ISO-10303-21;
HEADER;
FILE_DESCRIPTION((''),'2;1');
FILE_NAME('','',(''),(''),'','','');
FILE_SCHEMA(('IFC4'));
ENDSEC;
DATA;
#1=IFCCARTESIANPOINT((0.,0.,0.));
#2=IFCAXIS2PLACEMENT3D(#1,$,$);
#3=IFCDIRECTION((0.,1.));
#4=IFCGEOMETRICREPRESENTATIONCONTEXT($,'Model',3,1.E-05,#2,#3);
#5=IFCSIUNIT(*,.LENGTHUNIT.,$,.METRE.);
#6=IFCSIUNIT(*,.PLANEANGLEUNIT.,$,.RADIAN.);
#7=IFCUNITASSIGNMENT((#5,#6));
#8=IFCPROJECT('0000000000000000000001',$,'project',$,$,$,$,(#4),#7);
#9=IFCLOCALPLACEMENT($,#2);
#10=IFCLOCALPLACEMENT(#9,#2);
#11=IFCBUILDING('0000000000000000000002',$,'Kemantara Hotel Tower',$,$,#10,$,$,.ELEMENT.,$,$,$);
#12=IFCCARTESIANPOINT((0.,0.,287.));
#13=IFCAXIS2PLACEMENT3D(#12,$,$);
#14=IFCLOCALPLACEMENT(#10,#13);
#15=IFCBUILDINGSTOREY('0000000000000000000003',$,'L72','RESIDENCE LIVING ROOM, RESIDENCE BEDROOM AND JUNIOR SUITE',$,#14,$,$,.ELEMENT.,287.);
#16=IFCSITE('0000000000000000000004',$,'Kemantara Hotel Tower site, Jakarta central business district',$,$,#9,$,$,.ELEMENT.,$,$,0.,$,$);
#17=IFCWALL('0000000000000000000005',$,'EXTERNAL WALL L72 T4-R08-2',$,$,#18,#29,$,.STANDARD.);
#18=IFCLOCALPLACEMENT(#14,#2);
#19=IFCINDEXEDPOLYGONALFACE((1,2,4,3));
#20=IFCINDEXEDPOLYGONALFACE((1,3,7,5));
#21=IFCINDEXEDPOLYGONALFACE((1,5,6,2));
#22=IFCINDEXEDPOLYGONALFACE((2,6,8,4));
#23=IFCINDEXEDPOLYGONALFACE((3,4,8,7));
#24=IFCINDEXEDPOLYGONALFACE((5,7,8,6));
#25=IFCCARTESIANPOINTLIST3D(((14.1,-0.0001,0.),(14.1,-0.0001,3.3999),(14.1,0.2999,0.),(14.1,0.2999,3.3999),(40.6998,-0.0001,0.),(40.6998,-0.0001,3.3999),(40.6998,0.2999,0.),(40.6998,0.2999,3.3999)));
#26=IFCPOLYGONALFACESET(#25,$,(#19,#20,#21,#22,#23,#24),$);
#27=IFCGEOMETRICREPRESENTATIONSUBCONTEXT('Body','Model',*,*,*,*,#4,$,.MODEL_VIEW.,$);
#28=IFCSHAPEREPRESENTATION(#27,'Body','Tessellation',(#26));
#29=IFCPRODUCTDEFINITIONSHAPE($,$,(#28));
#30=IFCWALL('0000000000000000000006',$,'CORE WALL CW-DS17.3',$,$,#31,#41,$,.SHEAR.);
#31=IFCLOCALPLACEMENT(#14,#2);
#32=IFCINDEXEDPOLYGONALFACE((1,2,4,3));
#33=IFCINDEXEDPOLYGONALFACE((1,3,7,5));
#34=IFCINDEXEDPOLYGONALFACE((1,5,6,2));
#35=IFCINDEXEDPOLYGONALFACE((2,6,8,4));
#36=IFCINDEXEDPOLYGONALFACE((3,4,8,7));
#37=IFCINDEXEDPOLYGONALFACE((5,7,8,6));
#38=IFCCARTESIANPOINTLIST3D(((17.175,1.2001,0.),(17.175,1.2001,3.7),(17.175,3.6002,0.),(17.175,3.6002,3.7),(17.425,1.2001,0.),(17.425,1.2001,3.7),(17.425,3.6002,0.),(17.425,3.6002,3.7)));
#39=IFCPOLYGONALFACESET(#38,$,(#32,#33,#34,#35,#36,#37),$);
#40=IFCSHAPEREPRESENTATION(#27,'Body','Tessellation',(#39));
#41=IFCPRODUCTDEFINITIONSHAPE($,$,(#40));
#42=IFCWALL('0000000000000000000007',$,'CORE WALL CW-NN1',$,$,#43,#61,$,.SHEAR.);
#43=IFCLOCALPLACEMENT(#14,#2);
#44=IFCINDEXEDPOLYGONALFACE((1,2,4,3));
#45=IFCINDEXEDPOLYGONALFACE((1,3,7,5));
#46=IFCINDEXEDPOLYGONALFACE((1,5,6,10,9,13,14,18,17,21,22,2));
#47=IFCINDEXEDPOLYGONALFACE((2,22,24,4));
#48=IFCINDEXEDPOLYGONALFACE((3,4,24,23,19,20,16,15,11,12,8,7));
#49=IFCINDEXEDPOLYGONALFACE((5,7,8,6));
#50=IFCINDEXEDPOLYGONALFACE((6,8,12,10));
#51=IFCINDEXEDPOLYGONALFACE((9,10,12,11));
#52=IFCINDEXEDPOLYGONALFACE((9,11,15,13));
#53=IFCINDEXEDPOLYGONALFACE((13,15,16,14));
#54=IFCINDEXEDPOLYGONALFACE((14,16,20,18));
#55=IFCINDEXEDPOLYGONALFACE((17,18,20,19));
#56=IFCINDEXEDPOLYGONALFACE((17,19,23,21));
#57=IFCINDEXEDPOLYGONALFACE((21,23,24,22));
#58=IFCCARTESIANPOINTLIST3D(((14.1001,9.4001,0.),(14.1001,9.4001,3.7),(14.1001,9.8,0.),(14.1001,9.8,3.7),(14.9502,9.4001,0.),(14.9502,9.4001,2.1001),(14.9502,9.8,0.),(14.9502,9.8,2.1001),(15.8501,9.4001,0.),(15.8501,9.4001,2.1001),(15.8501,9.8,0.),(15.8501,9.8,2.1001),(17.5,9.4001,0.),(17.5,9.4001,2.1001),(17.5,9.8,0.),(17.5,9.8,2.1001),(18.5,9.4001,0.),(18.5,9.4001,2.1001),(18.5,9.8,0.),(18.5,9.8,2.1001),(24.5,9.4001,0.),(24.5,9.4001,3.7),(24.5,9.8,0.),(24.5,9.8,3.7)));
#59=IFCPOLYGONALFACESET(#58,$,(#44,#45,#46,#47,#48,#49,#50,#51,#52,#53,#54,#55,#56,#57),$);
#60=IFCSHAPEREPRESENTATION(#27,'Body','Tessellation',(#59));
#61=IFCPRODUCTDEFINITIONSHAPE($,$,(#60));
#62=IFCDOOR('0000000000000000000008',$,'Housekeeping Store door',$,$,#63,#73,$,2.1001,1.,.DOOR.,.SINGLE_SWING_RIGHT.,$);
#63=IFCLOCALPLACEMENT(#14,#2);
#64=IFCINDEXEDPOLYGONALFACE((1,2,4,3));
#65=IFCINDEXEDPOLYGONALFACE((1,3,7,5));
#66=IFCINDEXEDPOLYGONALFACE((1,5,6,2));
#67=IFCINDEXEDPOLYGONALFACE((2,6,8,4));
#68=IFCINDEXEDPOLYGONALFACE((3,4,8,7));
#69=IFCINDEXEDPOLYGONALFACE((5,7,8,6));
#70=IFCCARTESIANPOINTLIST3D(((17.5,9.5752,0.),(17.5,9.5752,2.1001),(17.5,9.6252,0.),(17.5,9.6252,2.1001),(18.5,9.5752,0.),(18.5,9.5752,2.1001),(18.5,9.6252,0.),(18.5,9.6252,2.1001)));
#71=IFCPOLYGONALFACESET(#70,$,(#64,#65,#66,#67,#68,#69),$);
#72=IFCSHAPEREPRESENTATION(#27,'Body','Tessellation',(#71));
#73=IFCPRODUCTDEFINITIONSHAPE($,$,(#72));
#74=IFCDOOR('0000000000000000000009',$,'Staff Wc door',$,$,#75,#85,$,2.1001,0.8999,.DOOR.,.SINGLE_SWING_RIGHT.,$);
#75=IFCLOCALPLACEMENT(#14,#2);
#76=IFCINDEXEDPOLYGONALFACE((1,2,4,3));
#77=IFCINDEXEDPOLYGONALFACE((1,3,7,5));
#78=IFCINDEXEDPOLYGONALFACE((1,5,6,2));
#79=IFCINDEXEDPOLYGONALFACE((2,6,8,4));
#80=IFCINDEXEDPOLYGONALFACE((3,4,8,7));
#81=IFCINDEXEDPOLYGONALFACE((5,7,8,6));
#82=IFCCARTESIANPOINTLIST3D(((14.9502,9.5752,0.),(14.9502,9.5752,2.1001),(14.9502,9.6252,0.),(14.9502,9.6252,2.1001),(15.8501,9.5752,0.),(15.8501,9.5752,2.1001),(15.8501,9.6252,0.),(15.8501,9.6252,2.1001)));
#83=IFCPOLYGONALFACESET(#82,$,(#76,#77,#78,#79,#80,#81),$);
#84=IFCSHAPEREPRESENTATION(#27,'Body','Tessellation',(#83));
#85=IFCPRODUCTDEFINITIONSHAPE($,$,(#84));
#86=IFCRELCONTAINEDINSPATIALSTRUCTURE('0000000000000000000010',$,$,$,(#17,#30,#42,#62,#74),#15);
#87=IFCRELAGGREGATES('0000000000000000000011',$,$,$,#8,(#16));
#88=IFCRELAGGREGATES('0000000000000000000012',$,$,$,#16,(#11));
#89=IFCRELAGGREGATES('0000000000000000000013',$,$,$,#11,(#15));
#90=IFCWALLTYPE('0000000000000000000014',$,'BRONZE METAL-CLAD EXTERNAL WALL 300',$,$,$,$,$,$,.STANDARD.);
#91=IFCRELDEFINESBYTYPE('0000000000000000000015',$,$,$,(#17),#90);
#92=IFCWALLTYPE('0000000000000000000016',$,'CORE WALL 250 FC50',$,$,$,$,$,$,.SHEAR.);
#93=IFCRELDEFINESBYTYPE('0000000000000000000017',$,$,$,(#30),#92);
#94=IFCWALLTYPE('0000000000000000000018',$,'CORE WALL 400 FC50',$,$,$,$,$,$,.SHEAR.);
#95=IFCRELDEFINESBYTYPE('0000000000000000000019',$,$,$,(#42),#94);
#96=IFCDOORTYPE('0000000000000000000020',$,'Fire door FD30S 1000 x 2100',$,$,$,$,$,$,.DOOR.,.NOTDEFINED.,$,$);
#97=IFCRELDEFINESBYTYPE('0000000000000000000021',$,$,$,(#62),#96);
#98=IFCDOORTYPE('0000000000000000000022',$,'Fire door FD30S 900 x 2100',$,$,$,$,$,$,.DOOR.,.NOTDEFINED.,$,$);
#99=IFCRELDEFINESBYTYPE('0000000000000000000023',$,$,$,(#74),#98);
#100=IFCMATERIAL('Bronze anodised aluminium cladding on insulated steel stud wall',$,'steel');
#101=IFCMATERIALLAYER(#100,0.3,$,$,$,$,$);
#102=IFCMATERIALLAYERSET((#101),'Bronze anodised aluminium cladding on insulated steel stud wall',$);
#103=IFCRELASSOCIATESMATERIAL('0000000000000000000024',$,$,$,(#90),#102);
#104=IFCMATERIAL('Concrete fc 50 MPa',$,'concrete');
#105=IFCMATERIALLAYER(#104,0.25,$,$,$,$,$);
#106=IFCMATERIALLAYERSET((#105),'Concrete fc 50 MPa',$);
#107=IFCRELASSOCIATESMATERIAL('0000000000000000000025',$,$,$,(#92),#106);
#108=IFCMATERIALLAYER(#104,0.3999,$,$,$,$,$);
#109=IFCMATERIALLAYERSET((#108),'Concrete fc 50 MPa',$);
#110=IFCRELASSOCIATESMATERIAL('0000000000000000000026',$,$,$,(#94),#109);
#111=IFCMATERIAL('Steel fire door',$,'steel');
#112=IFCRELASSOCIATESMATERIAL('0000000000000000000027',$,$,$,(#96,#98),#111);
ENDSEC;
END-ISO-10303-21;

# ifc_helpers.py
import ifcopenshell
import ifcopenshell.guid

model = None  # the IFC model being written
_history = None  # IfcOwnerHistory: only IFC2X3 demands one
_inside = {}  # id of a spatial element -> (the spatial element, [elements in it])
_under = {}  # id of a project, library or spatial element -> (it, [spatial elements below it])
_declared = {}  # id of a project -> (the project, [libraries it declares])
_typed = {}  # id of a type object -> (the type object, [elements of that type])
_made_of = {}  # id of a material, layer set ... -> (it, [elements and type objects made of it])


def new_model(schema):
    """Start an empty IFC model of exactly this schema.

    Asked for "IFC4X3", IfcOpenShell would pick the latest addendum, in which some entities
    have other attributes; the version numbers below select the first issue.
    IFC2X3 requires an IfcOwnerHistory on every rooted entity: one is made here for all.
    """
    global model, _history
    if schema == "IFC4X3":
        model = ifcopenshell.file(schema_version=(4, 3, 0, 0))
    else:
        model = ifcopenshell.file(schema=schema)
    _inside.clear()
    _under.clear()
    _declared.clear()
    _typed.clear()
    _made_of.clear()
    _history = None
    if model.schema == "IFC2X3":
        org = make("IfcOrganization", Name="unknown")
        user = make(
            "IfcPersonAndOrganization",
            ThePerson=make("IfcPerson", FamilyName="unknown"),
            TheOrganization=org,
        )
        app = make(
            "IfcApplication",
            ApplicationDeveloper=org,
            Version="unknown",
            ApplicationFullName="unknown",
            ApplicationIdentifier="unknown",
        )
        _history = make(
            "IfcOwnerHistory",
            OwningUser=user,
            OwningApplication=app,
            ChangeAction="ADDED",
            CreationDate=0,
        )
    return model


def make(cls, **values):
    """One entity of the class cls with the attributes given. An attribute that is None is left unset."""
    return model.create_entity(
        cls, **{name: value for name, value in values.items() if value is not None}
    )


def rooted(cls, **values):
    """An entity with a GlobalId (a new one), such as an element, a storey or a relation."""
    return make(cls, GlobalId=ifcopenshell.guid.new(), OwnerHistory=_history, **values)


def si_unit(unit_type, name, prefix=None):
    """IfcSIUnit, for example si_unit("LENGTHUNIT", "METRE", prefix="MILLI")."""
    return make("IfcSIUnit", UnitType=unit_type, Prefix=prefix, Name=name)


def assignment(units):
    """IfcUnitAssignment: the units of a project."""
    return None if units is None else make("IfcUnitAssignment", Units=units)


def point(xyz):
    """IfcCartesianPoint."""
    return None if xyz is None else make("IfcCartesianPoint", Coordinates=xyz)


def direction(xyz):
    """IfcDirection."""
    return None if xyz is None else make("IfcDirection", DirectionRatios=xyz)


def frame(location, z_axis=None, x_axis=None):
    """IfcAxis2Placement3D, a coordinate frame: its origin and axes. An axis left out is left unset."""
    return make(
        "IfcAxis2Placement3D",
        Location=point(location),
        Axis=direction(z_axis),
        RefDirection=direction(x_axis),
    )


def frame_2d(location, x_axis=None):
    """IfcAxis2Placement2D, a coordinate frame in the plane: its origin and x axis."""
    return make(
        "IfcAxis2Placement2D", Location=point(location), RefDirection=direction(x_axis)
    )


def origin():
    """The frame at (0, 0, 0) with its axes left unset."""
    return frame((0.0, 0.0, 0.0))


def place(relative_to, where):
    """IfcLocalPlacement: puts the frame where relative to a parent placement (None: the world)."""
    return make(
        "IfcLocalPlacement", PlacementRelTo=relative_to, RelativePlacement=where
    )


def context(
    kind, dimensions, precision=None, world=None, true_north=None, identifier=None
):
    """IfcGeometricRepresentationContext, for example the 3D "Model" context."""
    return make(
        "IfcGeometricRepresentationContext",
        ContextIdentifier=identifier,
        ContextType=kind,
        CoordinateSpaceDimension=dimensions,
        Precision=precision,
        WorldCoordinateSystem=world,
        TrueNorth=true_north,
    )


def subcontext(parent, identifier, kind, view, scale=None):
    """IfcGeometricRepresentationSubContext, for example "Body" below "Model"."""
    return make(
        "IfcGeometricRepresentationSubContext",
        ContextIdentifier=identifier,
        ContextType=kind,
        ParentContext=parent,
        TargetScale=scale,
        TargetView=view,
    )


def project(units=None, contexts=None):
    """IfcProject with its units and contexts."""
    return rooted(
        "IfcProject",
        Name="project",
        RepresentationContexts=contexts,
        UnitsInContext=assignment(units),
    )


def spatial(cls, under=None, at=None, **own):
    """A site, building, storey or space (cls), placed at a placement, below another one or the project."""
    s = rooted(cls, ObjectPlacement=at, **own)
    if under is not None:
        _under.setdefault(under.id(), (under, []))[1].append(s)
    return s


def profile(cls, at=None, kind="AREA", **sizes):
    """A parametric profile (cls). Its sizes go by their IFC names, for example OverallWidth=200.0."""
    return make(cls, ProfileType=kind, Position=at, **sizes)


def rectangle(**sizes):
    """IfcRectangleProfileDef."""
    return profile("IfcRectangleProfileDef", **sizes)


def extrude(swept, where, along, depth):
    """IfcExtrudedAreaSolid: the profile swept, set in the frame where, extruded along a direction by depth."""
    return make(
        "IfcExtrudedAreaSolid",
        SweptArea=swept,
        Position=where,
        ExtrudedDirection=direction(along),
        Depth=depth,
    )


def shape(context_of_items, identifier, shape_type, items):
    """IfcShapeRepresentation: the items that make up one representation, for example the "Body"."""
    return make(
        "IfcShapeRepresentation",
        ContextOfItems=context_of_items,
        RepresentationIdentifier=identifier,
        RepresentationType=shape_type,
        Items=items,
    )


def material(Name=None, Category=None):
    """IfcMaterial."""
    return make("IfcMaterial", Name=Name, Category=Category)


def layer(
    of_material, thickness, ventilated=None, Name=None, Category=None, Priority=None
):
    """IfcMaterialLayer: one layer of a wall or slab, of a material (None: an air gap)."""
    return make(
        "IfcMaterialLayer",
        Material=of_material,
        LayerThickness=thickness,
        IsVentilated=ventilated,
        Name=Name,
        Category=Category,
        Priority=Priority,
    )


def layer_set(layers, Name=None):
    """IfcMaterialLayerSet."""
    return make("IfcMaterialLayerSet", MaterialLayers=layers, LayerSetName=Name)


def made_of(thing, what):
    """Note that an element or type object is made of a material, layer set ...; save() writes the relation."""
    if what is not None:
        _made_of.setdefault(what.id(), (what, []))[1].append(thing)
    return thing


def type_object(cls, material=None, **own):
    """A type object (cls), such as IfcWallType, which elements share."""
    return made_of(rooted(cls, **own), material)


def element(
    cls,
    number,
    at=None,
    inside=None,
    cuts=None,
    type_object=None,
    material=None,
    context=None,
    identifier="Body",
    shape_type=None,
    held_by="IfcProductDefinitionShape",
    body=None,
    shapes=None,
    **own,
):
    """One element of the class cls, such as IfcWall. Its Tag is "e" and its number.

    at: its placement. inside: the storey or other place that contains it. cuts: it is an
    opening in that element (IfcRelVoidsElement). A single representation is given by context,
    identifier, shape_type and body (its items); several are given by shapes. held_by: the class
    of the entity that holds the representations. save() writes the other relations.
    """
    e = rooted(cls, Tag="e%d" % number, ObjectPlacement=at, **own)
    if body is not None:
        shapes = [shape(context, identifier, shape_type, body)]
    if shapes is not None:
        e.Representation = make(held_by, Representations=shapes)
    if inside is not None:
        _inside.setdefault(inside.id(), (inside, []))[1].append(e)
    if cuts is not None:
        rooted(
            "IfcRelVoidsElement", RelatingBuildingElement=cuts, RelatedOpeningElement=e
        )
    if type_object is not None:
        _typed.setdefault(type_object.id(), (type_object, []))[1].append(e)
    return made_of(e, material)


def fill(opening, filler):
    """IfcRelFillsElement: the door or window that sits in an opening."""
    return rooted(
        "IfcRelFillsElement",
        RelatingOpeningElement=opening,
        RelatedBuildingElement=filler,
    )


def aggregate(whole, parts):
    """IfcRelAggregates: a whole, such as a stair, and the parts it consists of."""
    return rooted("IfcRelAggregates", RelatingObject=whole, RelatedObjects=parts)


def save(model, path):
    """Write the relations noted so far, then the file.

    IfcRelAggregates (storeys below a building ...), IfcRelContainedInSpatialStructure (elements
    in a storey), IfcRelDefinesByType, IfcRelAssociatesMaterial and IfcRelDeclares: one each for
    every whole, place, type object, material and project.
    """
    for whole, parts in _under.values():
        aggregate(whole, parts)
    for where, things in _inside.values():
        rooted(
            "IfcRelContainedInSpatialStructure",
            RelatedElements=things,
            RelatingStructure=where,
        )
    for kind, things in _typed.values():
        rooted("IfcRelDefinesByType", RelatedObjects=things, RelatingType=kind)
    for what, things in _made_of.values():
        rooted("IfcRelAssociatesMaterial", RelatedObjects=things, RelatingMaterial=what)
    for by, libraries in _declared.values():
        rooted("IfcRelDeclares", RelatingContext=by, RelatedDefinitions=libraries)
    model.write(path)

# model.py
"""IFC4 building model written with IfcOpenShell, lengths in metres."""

from ifc_helpers import new_model, si_unit, direction, frame, frame_2d, origin, place, context, subcontext, project, spatial, rectangle, extrude, material, layer, layer_set, type_object, element, fill, save


model = new_model("IFC4")

# Units and contexts
model_context = context("Model", 3, precision=1e-05, world=origin(), true_north=direction((0.0, 1.0)))
body_context = subcontext(model_context, "Body", "Model", "MODEL_VIEW")
ifc_project = project(units=[si_unit("LENGTHUNIT", "METRE"), si_unit("PLANEANGLEUNIT", "RADIAN")], contexts=[model_context])

# Site, building, storey
site_placement = place(None, origin())
site = spatial("IfcSite", under=ifc_project, at=site_placement, Name="Kemantara Hotel Tower site, Jakarta central business district", CompositionType="ELEMENT", RefElevation=0.0)
building_placement = place(site_placement, origin())
building = spatial("IfcBuilding", under=site, at=building_placement, Name="Kemantara Hotel Tower", CompositionType="ELEMENT")
storey_placement = place(building_placement, frame((0.0, 0.0, 287.0)))
storey = spatial("IfcBuildingStorey", under=building, at=storey_placement, Name="L72", Description="RESIDENCE LIVING ROOM, RESIDENCE BEDROOM AND JUNIOR SUITE", CompositionType="ELEMENT", Elevation=287.0)

# Walls
ifc_material_1 = material(Name="Bronze anodised aluminium cladding on insulated steel stud wall", Category="steel")
ifc_layer_1 = layer(ifc_material_1, 0.3)
ifc_layer_set_1 = layer_set([ifc_layer_1], Name="Bronze anodised aluminium cladding on insulated steel stud wall")
wall_type_1 = type_object("IfcWallType", Name="BRONZE METAL-CLAD EXTERNAL WALL 300", PredefinedType="STANDARD", material=ifc_layer_set_1)
wall_1_placement = place(storey_placement, frame((14.1001, 0.1499, 0.0), z_axis=(0.0, 0.0, 1.0), x_axis=(1.0, 0.0, 0.0)))
element("IfcWall", 1, at=wall_1_placement, inside=storey, type_object=wall_type_1, Name="EXTERNAL WALL L72 T4-R08-2", PredefinedType="STANDARD", context=body_context, shape_type="SweptSolid", body=[
    extrude(rectangle(XDim=26.5999, YDim=0.3, at=frame_2d((13.2998, 0.0))), origin(), (0.0, 0.0, 1.0), 3.3999),
])
ifc_material_2 = material(Name="Concrete fc 50 MPa", Category="concrete")
ifc_layer_2 = layer(ifc_material_2, 0.25)
ifc_layer_set_2 = layer_set([ifc_layer_2], Name="Concrete fc 50 MPa")
wall_type_2 = type_object("IfcWallType", Name="CORE WALL 250 FC50", PredefinedType="SHEAR", material=ifc_layer_set_2)
wall_2_placement = place(storey_placement, frame((17.3, 1.2, 0.0), z_axis=(0.0, 0.0, 1.0), x_axis=(0.0, 1.0, 0.0)))
element("IfcWall", 2, at=wall_2_placement, inside=storey, type_object=wall_type_2, Name="CORE WALL CW-DS17.3", PredefinedType="SHEAR", context=body_context, shape_type="SweptSolid", body=[
    extrude(rectangle(XDim=2.4001, YDim=0.25, at=frame_2d((1.2002, 0.0))), origin(), (0.0, 0.0, 1.0), 3.7),
])

# Wall, openings, doors
ifc_layer_3 = layer(ifc_material_2, 0.3999)
ifc_layer_set_3 = layer_set([ifc_layer_3], Name="Concrete fc 50 MPa")
wall_type_3 = type_object("IfcWallType", Name="CORE WALL 400 FC50", PredefinedType="SHEAR", material=ifc_layer_set_3)
wall_3_placement = place(storey_placement, frame((14.1001, 9.6001, 0.0), z_axis=(0.0, 0.0, 1.0), x_axis=(1.0, 0.0, 0.0)))
wall_3 = element("IfcWall", 3, at=wall_3_placement, inside=storey, type_object=wall_type_3, Name="CORE WALL CW-NN1", PredefinedType="SHEAR", context=body_context, shape_type="SweptSolid", body=[
    extrude(rectangle(XDim=10.3999, YDim=0.3999, at=frame_2d((5.2, 0.0))), origin(), (0.0, 0.0, 1.0), 3.7),
])
opening_1_placement = place(wall_3_placement, frame((0.8501, 0.0, 0.0)))
opening_1 = element("IfcOpeningElement", 4, at=opening_1_placement, cuts=wall_3, PredefinedType="OPENING", context=body_context, shape_type="SweptSolid", body=[
    extrude(rectangle(XDim=0.8999, YDim=2.1001, at=frame_2d((0.45, 1.05))), frame((0.0, 0.21, 0.0), z_axis=(0.0, -1.0, 0.0), x_axis=(1.0, 0.0, 0.0)), (0.0, 0.0, 1.0), 0.4199),
])
opening_2_placement = place(wall_3_placement, frame((3.3999, 0.0, 0.0)))
opening_2 = element("IfcOpeningElement", 5, at=opening_2_placement, cuts=wall_3, PredefinedType="OPENING", context=body_context, shape_type="SweptSolid", body=[
    extrude(rectangle(XDim=1.0, YDim=2.1001, at=frame_2d((0.5, 1.05))), frame((0.0, 0.21, 0.0), z_axis=(0.0, -1.0, 0.0), x_axis=(1.0, 0.0, 0.0)), (0.0, 0.0, 1.0), 0.4199),
])
ifc_material_3 = material(Name="Steel fire door", Category="steel")
door_type_1 = type_object("IfcDoorType", Name="Fire door FD30S 1000 x 2100", OperationType="NOTDEFINED", PredefinedType="DOOR", material=ifc_material_3)
door_1_placement = place(opening_2_placement, frame((1.0, 0.0, 0.0), z_axis=(0.0, 0.0, 1.0), x_axis=(-1.0, 0.0, 0.0)))
door_1 = element("IfcDoor", 6, at=door_1_placement, inside=storey, type_object=door_type_1, Name="Housekeeping Store door", OperationType="SINGLE_SWING_RIGHT", OverallHeight=2.1001, OverallWidth=1.0, PredefinedType="DOOR", context=body_context, shape_type="SweptSolid", body=[
    extrude(rectangle(XDim=1.0, YDim=2.1001, at=frame_2d((0.5, 1.05))), frame((0.0, 0.0249, 0.0), z_axis=(0.0, -1.0, 0.0), x_axis=(1.0, 0.0, 0.0)), (0.0, 0.0, 1.0), 0.05),
])
fill(opening_2, door_1)
door_type_2 = type_object("IfcDoorType", Name="Fire door FD30S 900 x 2100", OperationType="NOTDEFINED", PredefinedType="DOOR", material=ifc_material_3)
door_2_placement = place(opening_1_placement, frame((0.8999, 0.0, 0.0), z_axis=(0.0, 0.0, 1.0), x_axis=(-1.0, 0.0, 0.0)))
door_2 = element("IfcDoor", 7, at=door_2_placement, inside=storey, type_object=door_type_2, Name="Staff Wc door", OperationType="SINGLE_SWING_RIGHT", OverallHeight=2.1001, OverallWidth=0.8999, PredefinedType="DOOR", context=body_context, shape_type="SweptSolid", body=[
    extrude(rectangle(XDim=0.8999, YDim=2.1001, at=frame_2d((0.45, 1.05))), frame((0.0, 0.0249, 0.0), z_axis=(0.0, -1.0, 0.0), x_axis=(1.0, 0.0, 0.0)), (0.0, 0.0, 1.0), 0.05),
])
fill(opening_1, door_2)

save(model, "model.ifc")
